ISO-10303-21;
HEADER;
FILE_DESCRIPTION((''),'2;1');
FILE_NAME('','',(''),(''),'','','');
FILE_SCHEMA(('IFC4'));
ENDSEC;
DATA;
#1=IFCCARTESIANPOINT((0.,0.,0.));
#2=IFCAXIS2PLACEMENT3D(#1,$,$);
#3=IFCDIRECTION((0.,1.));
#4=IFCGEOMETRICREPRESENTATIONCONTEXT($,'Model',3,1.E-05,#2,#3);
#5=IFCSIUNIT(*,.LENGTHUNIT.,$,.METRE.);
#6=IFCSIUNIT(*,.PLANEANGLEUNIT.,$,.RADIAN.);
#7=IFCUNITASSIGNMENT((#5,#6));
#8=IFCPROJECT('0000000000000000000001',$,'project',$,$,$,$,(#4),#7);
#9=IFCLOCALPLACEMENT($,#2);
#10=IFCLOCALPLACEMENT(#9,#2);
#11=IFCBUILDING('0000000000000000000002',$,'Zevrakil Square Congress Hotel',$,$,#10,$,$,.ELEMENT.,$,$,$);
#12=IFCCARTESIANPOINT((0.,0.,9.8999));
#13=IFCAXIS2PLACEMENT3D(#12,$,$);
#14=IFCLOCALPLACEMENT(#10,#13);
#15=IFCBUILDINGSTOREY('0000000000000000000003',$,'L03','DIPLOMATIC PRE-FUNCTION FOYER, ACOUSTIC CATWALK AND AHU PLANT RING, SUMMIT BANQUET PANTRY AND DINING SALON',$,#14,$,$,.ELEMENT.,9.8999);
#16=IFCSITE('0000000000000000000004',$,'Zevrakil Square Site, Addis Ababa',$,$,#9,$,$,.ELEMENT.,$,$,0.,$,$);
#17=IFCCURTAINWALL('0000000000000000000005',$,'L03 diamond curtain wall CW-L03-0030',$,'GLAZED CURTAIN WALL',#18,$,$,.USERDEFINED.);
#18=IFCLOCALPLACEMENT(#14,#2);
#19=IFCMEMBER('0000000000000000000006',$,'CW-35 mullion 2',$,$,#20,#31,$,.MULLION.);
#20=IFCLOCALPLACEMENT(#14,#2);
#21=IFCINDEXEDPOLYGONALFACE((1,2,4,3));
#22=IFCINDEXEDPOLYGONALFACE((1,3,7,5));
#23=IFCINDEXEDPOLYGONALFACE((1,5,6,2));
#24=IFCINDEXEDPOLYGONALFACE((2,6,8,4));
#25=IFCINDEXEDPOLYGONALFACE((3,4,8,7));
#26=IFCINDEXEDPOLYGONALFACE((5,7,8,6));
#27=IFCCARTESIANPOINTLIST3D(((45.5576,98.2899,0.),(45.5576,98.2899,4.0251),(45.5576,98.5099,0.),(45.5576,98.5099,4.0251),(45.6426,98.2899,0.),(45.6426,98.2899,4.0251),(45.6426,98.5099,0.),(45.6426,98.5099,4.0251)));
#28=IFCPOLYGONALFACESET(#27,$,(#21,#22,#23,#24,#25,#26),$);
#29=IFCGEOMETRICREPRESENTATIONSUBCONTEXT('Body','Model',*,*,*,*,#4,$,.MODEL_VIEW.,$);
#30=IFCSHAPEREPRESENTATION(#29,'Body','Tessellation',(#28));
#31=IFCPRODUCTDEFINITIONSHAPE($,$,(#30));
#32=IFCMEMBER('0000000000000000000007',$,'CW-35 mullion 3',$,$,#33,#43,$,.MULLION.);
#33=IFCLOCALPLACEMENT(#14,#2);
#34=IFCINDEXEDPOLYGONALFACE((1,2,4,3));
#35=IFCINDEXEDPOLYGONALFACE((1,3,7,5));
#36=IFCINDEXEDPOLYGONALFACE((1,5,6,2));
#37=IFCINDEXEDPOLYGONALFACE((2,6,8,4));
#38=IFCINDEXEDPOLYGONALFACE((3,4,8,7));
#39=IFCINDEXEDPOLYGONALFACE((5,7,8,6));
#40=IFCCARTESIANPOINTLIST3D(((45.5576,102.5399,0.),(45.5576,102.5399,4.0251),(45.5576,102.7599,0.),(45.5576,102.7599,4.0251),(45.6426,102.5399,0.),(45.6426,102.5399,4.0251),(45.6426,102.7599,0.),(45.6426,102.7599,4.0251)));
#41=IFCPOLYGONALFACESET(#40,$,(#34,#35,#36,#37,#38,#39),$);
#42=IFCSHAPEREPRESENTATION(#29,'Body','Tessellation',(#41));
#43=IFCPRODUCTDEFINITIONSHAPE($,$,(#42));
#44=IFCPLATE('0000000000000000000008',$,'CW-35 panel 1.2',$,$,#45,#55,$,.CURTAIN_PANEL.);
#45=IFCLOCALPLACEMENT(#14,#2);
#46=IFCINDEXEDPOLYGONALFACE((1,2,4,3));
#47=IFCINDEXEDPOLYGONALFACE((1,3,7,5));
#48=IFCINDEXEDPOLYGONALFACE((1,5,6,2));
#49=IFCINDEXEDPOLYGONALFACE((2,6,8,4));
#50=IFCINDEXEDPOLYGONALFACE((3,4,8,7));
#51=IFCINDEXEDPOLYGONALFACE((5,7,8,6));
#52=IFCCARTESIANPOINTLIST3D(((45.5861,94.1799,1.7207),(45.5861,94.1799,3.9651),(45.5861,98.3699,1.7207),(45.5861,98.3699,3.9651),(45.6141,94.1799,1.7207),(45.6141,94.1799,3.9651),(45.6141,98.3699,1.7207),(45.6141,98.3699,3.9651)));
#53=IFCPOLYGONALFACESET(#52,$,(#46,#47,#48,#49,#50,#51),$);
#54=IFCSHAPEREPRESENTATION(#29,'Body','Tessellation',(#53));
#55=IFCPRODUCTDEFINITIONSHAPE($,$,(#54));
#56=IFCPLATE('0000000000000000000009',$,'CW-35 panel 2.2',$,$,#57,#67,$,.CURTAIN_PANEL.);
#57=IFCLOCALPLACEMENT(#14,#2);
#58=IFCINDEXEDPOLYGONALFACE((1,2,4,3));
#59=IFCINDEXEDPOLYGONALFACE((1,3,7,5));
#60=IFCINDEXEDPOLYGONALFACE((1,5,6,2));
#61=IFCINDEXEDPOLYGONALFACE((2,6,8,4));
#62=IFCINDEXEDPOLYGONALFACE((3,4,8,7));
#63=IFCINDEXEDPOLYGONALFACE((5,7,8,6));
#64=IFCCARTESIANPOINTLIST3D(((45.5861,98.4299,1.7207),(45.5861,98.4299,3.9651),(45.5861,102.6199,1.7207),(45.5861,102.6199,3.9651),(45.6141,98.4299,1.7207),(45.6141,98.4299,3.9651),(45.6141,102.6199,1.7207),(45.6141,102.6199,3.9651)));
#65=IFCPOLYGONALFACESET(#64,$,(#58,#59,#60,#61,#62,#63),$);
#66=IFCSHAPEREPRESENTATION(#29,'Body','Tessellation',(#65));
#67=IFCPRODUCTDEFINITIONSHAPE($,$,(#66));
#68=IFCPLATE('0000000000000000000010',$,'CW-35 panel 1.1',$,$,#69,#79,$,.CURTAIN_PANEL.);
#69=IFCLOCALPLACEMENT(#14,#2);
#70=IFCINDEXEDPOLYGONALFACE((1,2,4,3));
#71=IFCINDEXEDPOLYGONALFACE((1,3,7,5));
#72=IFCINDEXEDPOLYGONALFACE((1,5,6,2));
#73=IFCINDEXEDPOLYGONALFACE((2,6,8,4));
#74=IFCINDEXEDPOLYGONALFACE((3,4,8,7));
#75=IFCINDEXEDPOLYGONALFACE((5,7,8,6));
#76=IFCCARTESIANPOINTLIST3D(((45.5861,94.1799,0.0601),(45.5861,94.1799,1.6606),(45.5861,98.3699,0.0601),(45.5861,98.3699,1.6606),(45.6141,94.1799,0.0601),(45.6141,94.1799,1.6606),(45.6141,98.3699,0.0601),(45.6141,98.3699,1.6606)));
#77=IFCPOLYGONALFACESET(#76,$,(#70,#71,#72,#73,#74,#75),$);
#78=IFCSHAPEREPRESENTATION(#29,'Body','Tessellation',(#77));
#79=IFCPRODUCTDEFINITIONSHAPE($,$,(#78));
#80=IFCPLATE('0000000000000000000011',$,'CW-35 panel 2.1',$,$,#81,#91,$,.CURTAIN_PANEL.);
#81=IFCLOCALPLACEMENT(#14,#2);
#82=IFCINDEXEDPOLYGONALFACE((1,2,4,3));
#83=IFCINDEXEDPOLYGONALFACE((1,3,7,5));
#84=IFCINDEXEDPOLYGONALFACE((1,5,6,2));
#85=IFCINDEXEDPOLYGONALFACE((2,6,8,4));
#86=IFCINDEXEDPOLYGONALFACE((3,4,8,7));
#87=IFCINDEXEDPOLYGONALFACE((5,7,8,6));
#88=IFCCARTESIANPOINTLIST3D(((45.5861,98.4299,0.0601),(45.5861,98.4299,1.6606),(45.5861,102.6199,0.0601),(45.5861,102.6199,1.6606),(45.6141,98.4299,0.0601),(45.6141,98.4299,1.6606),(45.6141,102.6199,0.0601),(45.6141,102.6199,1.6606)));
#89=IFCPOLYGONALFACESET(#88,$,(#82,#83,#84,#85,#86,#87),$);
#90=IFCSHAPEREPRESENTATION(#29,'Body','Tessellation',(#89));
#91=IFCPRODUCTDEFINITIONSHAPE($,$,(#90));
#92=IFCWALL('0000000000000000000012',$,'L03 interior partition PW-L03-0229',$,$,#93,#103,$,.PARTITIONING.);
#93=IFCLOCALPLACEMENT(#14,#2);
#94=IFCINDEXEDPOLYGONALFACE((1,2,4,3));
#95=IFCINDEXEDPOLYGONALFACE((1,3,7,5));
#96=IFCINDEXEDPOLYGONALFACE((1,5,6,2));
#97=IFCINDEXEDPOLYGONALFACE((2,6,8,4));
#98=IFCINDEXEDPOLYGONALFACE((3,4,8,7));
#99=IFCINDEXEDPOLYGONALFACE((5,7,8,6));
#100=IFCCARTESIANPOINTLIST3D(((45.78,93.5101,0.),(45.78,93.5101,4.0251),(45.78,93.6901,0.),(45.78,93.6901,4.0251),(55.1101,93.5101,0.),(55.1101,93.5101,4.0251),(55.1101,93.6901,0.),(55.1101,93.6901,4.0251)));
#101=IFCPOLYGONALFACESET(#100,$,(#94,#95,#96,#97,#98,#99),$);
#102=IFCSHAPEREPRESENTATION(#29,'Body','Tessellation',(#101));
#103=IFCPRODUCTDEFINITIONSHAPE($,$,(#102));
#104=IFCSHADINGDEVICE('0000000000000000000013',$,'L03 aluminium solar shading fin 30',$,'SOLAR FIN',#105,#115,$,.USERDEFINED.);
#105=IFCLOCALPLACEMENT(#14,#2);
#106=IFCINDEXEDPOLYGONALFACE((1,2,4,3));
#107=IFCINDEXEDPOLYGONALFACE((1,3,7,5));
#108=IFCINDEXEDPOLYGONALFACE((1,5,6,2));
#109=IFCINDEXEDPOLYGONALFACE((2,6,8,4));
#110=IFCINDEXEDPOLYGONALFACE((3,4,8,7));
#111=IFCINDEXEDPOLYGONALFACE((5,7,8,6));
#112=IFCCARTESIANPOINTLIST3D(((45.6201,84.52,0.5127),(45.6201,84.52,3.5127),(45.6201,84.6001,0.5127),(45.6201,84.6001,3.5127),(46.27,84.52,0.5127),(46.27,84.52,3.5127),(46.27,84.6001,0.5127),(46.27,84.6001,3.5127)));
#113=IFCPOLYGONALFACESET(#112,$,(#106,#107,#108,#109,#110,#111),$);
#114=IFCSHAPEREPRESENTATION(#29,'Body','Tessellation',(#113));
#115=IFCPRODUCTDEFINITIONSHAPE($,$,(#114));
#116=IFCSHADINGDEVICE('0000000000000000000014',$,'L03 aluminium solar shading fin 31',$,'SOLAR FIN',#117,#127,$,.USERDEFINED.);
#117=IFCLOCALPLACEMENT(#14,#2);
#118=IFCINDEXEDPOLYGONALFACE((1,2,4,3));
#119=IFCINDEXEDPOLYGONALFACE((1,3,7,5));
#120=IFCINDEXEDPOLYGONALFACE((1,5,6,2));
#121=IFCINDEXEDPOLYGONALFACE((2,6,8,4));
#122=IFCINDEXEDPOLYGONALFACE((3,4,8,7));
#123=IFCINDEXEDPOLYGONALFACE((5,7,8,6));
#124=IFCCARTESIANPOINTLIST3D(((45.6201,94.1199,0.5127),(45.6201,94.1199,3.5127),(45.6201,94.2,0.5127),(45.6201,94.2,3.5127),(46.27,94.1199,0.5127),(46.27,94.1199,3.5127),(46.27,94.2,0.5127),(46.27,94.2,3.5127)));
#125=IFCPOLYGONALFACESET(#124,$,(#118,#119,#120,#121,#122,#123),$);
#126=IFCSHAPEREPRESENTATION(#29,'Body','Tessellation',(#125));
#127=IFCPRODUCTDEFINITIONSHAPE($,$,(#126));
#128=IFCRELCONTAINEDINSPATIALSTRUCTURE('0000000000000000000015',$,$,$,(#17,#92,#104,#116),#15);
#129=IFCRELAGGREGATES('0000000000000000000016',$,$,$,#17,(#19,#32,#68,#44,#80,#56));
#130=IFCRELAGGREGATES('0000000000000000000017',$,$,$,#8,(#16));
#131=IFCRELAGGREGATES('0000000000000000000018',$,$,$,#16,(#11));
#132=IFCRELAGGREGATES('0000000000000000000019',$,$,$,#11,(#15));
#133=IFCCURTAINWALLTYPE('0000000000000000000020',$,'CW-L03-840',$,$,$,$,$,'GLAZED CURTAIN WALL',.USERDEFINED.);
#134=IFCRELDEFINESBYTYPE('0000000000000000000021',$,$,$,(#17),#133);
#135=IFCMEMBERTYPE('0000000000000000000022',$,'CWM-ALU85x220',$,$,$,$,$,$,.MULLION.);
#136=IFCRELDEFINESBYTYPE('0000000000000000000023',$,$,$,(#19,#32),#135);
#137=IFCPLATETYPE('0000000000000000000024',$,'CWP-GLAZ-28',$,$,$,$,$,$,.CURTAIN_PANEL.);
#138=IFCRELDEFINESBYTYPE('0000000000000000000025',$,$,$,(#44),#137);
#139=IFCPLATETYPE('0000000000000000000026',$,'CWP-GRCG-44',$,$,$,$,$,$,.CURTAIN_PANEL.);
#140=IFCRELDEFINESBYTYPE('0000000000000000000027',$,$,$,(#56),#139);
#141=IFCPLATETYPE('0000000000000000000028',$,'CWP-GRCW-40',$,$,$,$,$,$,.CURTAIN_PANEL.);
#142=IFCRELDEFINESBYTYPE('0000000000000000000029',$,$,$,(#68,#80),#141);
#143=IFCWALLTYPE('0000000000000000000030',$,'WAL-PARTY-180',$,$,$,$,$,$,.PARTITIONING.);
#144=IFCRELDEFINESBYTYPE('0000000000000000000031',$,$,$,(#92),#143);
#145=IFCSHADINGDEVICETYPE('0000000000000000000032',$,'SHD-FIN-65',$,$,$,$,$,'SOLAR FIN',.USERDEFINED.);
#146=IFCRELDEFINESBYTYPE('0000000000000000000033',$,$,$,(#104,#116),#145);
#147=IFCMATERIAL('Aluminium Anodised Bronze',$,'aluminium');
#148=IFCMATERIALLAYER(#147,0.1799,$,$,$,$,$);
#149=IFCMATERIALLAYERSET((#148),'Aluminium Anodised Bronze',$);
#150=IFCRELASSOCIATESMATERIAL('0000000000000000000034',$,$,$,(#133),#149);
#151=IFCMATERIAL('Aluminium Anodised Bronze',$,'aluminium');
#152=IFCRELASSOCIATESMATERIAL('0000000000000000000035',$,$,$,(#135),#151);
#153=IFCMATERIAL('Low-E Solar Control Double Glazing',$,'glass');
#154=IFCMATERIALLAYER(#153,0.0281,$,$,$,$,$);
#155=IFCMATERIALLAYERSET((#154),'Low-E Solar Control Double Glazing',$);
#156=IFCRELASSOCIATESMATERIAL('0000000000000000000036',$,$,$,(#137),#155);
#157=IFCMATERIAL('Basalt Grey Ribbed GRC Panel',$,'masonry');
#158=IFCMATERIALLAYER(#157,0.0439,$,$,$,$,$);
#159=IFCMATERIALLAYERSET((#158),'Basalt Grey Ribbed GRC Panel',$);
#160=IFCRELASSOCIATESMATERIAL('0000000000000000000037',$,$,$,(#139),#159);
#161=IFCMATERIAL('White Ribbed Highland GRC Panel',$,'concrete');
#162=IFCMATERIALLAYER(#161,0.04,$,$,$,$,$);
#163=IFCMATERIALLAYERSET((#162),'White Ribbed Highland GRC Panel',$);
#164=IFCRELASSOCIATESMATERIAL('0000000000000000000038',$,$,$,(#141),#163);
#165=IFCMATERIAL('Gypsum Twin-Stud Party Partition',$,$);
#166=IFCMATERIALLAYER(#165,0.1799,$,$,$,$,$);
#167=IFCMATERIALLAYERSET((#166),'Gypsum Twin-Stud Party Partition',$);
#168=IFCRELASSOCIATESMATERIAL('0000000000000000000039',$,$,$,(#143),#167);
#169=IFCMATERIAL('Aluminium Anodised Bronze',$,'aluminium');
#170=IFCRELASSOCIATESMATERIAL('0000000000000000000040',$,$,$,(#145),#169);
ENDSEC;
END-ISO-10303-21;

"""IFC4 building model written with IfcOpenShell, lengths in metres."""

from ifc_helpers import new_model, si_unit, direction, frame, frame_2d, origin, origin_2d, place, context, subcontext, project, spatial, rectangle, extrude, material, layer, layer_set, material_profile, profile_set, type_object, element, aggregate, save


model = new_model("IFC4")

# Units and contexts
model_context = context("Model", 3, precision=1e-05, world=origin(), true_north=direction((0.0, 1.0)))
body_context = subcontext(model_context, "Body", "Model", "MODEL_VIEW")
ifc_project = project(units=[si_unit("LENGTHUNIT", "METRE"), si_unit("PLANEANGLEUNIT", "RADIAN")], contexts=[model_context])

# Site, building, storey
site_placement = place(None, origin())
site = spatial("IfcSite", under=ifc_project, at=site_placement, Name="Zevrakil Square Site, Addis Ababa", CompositionType="ELEMENT", RefElevation=0.0)
building_placement = place(site_placement, origin())
building = spatial("IfcBuilding", under=site, at=building_placement, Name="Zevrakil Square Congress Hotel", CompositionType="ELEMENT")
storey_placement = place(building_placement, frame((0.0, 0.0, 9.8999)))
storey = spatial("IfcBuildingStorey", under=building, at=storey_placement, Name="L03", Description="DIPLOMATIC PRE-FUNCTION FOYER, ACOUSTIC CATWALK AND AHU PLANT RING, SUMMIT BANQUET PANTRY AND DINING SALON", CompositionType="ELEMENT", Elevation=9.8999)

# Curtain wall, members, plates
ifc_material_1 = material(Name="Aluminium Anodised Bronze", Category="aluminium")
ifc_layer_1 = layer(ifc_material_1, 0.1799)
ifc_layer_set_1 = layer_set([ifc_layer_1], Name="Aluminium Anodised Bronze")
curtain_wall_type = type_object("IfcCurtainWallType", Name="CW-L03-840", ElementType="GLAZED CURTAIN WALL", PredefinedType="USERDEFINED", material=ifc_layer_set_1)
curtain_wall_placement = place(storey_placement, origin())
curtain_wall = element("IfcCurtainWall", 1, at=curtain_wall_placement, inside=storey, type_object=curtain_wall_type, Name="L03 diamond curtain wall CW-L03-0030", ObjectType="GLAZED CURTAIN WALL", PredefinedType="USERDEFINED")
ifc_material_2 = material(Name="Aluminium Anodised Bronze", Category="aluminium")
ifc_material_profile_1 = material_profile(ifc_material_2, rectangle(XDim=0.085, YDim=0.22, at=origin_2d()), Name="ALU 85x220")
ifc_profile_set_1 = profile_set([ifc_material_profile_1], Name="Aluminium Anodised Bronze")
member_type_1 = type_object("IfcMemberType", Name="CWM-ALU85x220", PredefinedType="MULLION", material=ifc_profile_set_1)
member_1_placement = place(storey_placement, frame((45.6001, 98.3999, 0.0), z_axis=(0.0, 0.0, 1.0), x_axis=(-1.0, 0.0, 0.0)))
member_1 = element("IfcMember", 2, at=member_1_placement, type_object=member_type_1, Name="CW-35 mullion 2", PredefinedType="MULLION", context=body_context, shape_type="SweptSolid", body=[
    extrude(rectangle(XDim=0.085, YDim=0.22, at=origin_2d()), origin(), (0.0, 0.0, 1.0), 4.0251),
])
member_2_placement = place(storey_placement, frame((45.6001, 102.6499, 0.0), z_axis=(0.0, 0.0, 1.0), x_axis=(-1.0, 0.0, 0.0)))
member_2 = element("IfcMember", 3, at=member_2_placement, type_object=member_type_1, Name="CW-35 mullion 3", PredefinedType="MULLION", context=body_context, shape_type="SweptSolid", body=[
    extrude(rectangle(XDim=0.085, YDim=0.22, at=origin_2d()), origin(), (0.0, 0.0, 1.0), 4.0251),
])
ifc_material_3 = material(Name="Low-E Solar Control Double Glazing", Category="glass")
ifc_layer_2 = layer(ifc_material_3, 0.0281)
ifc_layer_set_2 = layer_set([ifc_layer_2], Name="Low-E Solar Control Double Glazing")
plate_type_1 = type_object("IfcPlateType", Name="CWP-GLAZ-28", PredefinedType="CURTAIN_PANEL", material=ifc_layer_set_2)
plate_1_placement = place(storey_placement, frame((45.6001, 96.2749, 1.7207), z_axis=(0.0, 0.0, 1.0), x_axis=(0.0, 1.0, 0.0)))
plate_1 = element("IfcPlate", 4, at=plate_1_placement, type_object=plate_type_1, Name="CW-35 panel 1.2", PredefinedType="CURTAIN_PANEL", context=body_context, shape_type="SweptSolid", body=[
    extrude(rectangle(XDim=4.1899, YDim=0.0281, at=origin_2d()), origin(), (0.0, 0.0, 1.0), 2.2444),
])
ifc_material_4 = material(Name="Basalt Grey Ribbed GRC Panel", Category="masonry")
ifc_layer_3 = layer(ifc_material_4, 0.0439)
ifc_layer_set_3 = layer_set([ifc_layer_3], Name="Basalt Grey Ribbed GRC Panel")
plate_type_2 = type_object("IfcPlateType", Name="CWP-GRCG-44", PredefinedType="CURTAIN_PANEL", material=ifc_layer_set_3)
plate_2_placement = place(storey_placement, frame((45.6001, 100.5249, 1.7207), z_axis=(0.0, 0.0, 1.0), x_axis=(0.0, 1.0, 0.0)))
plate_2 = element("IfcPlate", 5, at=plate_2_placement, type_object=plate_type_2, Name="CW-35 panel 2.2", PredefinedType="CURTAIN_PANEL", context=body_context, shape_type="SweptSolid", body=[
    extrude(rectangle(XDim=4.1899, YDim=0.0281, at=origin_2d()), origin(), (0.0, 0.0, 1.0), 2.2444),
])
ifc_material_5 = material(Name="White Ribbed Highland GRC Panel", Category="concrete")
ifc_layer_4 = layer(ifc_material_5, 0.04)
ifc_layer_set_4 = layer_set([ifc_layer_4], Name="White Ribbed Highland GRC Panel")
plate_type_3 = type_object("IfcPlateType", Name="CWP-GRCW-40", PredefinedType="CURTAIN_PANEL", material=ifc_layer_set_4)
plate_3_placement = place(storey_placement, frame((45.6001, 96.2749, 0.0601), z_axis=(0.0, 0.0, 1.0), x_axis=(0.0, 1.0, 0.0)))
plate_3 = element("IfcPlate", 6, at=plate_3_placement, type_object=plate_type_3, Name="CW-35 panel 1.1", PredefinedType="CURTAIN_PANEL", context=body_context, shape_type="SweptSolid", body=[
    extrude(rectangle(XDim=4.1899, YDim=0.0281, at=origin_2d()), origin(), (0.0, 0.0, 1.0), 1.6006),
])
plate_4_placement = place(storey_placement, frame((45.6001, 100.5249, 0.0601), z_axis=(0.0, 0.0, 1.0), x_axis=(0.0, 1.0, 0.0)))
plate_4 = element("IfcPlate", 7, at=plate_4_placement, type_object=plate_type_3, Name="CW-35 panel 2.1", PredefinedType="CURTAIN_PANEL", context=body_context, shape_type="SweptSolid", body=[
    extrude(rectangle(XDim=4.1899, YDim=0.0281, at=origin_2d()), origin(), (0.0, 0.0, 1.0), 1.6006),
])
aggregate(curtain_wall, [member_1, member_2, plate_3, plate_1, plate_4, plate_2])

# Wall
ifc_material_6 = material(Name="Gypsum Twin-Stud Party Partition")
ifc_layer_5 = layer(ifc_material_6, 0.1799)
ifc_layer_set_5 = layer_set([ifc_layer_5], Name="Gypsum Twin-Stud Party Partition")
wall_type = type_object("IfcWallType", Name="WAL-PARTY-180", PredefinedType="PARTITIONING", material=ifc_layer_set_5)
wall_placement = place(storey_placement, frame((45.78, 93.6001, 0.0), z_axis=(0.0, 0.0, 1.0), x_axis=(1.0, 0.0, 0.0)))
element("IfcWall", 8, at=wall_placement, inside=storey, type_object=wall_type, Name="L03 interior partition PW-L03-0229", PredefinedType="PARTITIONING", context=body_context, shape_type="SweptSolid", body=[
    extrude(rectangle(XDim=9.3301, YDim=0.1799, at=frame_2d((4.665, 0.0))), origin(), (0.0, 0.0, 1.0), 4.0251),
])

# Shading devices
ifc_material_7 = material(Name="Aluminium Anodised Bronze", Category="aluminium")
shading_device_type = type_object("IfcShadingDeviceType", Name="SHD-FIN-65", ElementType="SOLAR FIN", PredefinedType="USERDEFINED", material=ifc_material_7)
for number, where, z_axis, x_axis, name in (
    (9, (45.9451, 84.5601, 0.5127), (0.0, 0.0, 1.0), (1.0, 0.0, 0.0), "L03 aluminium solar shading fin 30"),
    (10, (45.9451, 94.1599, 0.5127), (0.0, 0.0, 1.0), (1.0, 0.0, 0.0), "L03 aluminium solar shading fin 31"),
):
    element("IfcShadingDevice", number, at=place(storey_placement, frame(where, z_axis=z_axis, x_axis=x_axis)), inside=storey, type_object=shading_device_type, Name=name, ObjectType="SOLAR FIN", PredefinedType="USERDEFINED", context=body_context, shape_type="SweptSolid", body=[
        extrude(rectangle(XDim=0.6499, YDim=0.0801, at=origin_2d()), origin(), (0.0, 0.0, 1.0), 3.0),
    ])

save(model, "model.ifc")
